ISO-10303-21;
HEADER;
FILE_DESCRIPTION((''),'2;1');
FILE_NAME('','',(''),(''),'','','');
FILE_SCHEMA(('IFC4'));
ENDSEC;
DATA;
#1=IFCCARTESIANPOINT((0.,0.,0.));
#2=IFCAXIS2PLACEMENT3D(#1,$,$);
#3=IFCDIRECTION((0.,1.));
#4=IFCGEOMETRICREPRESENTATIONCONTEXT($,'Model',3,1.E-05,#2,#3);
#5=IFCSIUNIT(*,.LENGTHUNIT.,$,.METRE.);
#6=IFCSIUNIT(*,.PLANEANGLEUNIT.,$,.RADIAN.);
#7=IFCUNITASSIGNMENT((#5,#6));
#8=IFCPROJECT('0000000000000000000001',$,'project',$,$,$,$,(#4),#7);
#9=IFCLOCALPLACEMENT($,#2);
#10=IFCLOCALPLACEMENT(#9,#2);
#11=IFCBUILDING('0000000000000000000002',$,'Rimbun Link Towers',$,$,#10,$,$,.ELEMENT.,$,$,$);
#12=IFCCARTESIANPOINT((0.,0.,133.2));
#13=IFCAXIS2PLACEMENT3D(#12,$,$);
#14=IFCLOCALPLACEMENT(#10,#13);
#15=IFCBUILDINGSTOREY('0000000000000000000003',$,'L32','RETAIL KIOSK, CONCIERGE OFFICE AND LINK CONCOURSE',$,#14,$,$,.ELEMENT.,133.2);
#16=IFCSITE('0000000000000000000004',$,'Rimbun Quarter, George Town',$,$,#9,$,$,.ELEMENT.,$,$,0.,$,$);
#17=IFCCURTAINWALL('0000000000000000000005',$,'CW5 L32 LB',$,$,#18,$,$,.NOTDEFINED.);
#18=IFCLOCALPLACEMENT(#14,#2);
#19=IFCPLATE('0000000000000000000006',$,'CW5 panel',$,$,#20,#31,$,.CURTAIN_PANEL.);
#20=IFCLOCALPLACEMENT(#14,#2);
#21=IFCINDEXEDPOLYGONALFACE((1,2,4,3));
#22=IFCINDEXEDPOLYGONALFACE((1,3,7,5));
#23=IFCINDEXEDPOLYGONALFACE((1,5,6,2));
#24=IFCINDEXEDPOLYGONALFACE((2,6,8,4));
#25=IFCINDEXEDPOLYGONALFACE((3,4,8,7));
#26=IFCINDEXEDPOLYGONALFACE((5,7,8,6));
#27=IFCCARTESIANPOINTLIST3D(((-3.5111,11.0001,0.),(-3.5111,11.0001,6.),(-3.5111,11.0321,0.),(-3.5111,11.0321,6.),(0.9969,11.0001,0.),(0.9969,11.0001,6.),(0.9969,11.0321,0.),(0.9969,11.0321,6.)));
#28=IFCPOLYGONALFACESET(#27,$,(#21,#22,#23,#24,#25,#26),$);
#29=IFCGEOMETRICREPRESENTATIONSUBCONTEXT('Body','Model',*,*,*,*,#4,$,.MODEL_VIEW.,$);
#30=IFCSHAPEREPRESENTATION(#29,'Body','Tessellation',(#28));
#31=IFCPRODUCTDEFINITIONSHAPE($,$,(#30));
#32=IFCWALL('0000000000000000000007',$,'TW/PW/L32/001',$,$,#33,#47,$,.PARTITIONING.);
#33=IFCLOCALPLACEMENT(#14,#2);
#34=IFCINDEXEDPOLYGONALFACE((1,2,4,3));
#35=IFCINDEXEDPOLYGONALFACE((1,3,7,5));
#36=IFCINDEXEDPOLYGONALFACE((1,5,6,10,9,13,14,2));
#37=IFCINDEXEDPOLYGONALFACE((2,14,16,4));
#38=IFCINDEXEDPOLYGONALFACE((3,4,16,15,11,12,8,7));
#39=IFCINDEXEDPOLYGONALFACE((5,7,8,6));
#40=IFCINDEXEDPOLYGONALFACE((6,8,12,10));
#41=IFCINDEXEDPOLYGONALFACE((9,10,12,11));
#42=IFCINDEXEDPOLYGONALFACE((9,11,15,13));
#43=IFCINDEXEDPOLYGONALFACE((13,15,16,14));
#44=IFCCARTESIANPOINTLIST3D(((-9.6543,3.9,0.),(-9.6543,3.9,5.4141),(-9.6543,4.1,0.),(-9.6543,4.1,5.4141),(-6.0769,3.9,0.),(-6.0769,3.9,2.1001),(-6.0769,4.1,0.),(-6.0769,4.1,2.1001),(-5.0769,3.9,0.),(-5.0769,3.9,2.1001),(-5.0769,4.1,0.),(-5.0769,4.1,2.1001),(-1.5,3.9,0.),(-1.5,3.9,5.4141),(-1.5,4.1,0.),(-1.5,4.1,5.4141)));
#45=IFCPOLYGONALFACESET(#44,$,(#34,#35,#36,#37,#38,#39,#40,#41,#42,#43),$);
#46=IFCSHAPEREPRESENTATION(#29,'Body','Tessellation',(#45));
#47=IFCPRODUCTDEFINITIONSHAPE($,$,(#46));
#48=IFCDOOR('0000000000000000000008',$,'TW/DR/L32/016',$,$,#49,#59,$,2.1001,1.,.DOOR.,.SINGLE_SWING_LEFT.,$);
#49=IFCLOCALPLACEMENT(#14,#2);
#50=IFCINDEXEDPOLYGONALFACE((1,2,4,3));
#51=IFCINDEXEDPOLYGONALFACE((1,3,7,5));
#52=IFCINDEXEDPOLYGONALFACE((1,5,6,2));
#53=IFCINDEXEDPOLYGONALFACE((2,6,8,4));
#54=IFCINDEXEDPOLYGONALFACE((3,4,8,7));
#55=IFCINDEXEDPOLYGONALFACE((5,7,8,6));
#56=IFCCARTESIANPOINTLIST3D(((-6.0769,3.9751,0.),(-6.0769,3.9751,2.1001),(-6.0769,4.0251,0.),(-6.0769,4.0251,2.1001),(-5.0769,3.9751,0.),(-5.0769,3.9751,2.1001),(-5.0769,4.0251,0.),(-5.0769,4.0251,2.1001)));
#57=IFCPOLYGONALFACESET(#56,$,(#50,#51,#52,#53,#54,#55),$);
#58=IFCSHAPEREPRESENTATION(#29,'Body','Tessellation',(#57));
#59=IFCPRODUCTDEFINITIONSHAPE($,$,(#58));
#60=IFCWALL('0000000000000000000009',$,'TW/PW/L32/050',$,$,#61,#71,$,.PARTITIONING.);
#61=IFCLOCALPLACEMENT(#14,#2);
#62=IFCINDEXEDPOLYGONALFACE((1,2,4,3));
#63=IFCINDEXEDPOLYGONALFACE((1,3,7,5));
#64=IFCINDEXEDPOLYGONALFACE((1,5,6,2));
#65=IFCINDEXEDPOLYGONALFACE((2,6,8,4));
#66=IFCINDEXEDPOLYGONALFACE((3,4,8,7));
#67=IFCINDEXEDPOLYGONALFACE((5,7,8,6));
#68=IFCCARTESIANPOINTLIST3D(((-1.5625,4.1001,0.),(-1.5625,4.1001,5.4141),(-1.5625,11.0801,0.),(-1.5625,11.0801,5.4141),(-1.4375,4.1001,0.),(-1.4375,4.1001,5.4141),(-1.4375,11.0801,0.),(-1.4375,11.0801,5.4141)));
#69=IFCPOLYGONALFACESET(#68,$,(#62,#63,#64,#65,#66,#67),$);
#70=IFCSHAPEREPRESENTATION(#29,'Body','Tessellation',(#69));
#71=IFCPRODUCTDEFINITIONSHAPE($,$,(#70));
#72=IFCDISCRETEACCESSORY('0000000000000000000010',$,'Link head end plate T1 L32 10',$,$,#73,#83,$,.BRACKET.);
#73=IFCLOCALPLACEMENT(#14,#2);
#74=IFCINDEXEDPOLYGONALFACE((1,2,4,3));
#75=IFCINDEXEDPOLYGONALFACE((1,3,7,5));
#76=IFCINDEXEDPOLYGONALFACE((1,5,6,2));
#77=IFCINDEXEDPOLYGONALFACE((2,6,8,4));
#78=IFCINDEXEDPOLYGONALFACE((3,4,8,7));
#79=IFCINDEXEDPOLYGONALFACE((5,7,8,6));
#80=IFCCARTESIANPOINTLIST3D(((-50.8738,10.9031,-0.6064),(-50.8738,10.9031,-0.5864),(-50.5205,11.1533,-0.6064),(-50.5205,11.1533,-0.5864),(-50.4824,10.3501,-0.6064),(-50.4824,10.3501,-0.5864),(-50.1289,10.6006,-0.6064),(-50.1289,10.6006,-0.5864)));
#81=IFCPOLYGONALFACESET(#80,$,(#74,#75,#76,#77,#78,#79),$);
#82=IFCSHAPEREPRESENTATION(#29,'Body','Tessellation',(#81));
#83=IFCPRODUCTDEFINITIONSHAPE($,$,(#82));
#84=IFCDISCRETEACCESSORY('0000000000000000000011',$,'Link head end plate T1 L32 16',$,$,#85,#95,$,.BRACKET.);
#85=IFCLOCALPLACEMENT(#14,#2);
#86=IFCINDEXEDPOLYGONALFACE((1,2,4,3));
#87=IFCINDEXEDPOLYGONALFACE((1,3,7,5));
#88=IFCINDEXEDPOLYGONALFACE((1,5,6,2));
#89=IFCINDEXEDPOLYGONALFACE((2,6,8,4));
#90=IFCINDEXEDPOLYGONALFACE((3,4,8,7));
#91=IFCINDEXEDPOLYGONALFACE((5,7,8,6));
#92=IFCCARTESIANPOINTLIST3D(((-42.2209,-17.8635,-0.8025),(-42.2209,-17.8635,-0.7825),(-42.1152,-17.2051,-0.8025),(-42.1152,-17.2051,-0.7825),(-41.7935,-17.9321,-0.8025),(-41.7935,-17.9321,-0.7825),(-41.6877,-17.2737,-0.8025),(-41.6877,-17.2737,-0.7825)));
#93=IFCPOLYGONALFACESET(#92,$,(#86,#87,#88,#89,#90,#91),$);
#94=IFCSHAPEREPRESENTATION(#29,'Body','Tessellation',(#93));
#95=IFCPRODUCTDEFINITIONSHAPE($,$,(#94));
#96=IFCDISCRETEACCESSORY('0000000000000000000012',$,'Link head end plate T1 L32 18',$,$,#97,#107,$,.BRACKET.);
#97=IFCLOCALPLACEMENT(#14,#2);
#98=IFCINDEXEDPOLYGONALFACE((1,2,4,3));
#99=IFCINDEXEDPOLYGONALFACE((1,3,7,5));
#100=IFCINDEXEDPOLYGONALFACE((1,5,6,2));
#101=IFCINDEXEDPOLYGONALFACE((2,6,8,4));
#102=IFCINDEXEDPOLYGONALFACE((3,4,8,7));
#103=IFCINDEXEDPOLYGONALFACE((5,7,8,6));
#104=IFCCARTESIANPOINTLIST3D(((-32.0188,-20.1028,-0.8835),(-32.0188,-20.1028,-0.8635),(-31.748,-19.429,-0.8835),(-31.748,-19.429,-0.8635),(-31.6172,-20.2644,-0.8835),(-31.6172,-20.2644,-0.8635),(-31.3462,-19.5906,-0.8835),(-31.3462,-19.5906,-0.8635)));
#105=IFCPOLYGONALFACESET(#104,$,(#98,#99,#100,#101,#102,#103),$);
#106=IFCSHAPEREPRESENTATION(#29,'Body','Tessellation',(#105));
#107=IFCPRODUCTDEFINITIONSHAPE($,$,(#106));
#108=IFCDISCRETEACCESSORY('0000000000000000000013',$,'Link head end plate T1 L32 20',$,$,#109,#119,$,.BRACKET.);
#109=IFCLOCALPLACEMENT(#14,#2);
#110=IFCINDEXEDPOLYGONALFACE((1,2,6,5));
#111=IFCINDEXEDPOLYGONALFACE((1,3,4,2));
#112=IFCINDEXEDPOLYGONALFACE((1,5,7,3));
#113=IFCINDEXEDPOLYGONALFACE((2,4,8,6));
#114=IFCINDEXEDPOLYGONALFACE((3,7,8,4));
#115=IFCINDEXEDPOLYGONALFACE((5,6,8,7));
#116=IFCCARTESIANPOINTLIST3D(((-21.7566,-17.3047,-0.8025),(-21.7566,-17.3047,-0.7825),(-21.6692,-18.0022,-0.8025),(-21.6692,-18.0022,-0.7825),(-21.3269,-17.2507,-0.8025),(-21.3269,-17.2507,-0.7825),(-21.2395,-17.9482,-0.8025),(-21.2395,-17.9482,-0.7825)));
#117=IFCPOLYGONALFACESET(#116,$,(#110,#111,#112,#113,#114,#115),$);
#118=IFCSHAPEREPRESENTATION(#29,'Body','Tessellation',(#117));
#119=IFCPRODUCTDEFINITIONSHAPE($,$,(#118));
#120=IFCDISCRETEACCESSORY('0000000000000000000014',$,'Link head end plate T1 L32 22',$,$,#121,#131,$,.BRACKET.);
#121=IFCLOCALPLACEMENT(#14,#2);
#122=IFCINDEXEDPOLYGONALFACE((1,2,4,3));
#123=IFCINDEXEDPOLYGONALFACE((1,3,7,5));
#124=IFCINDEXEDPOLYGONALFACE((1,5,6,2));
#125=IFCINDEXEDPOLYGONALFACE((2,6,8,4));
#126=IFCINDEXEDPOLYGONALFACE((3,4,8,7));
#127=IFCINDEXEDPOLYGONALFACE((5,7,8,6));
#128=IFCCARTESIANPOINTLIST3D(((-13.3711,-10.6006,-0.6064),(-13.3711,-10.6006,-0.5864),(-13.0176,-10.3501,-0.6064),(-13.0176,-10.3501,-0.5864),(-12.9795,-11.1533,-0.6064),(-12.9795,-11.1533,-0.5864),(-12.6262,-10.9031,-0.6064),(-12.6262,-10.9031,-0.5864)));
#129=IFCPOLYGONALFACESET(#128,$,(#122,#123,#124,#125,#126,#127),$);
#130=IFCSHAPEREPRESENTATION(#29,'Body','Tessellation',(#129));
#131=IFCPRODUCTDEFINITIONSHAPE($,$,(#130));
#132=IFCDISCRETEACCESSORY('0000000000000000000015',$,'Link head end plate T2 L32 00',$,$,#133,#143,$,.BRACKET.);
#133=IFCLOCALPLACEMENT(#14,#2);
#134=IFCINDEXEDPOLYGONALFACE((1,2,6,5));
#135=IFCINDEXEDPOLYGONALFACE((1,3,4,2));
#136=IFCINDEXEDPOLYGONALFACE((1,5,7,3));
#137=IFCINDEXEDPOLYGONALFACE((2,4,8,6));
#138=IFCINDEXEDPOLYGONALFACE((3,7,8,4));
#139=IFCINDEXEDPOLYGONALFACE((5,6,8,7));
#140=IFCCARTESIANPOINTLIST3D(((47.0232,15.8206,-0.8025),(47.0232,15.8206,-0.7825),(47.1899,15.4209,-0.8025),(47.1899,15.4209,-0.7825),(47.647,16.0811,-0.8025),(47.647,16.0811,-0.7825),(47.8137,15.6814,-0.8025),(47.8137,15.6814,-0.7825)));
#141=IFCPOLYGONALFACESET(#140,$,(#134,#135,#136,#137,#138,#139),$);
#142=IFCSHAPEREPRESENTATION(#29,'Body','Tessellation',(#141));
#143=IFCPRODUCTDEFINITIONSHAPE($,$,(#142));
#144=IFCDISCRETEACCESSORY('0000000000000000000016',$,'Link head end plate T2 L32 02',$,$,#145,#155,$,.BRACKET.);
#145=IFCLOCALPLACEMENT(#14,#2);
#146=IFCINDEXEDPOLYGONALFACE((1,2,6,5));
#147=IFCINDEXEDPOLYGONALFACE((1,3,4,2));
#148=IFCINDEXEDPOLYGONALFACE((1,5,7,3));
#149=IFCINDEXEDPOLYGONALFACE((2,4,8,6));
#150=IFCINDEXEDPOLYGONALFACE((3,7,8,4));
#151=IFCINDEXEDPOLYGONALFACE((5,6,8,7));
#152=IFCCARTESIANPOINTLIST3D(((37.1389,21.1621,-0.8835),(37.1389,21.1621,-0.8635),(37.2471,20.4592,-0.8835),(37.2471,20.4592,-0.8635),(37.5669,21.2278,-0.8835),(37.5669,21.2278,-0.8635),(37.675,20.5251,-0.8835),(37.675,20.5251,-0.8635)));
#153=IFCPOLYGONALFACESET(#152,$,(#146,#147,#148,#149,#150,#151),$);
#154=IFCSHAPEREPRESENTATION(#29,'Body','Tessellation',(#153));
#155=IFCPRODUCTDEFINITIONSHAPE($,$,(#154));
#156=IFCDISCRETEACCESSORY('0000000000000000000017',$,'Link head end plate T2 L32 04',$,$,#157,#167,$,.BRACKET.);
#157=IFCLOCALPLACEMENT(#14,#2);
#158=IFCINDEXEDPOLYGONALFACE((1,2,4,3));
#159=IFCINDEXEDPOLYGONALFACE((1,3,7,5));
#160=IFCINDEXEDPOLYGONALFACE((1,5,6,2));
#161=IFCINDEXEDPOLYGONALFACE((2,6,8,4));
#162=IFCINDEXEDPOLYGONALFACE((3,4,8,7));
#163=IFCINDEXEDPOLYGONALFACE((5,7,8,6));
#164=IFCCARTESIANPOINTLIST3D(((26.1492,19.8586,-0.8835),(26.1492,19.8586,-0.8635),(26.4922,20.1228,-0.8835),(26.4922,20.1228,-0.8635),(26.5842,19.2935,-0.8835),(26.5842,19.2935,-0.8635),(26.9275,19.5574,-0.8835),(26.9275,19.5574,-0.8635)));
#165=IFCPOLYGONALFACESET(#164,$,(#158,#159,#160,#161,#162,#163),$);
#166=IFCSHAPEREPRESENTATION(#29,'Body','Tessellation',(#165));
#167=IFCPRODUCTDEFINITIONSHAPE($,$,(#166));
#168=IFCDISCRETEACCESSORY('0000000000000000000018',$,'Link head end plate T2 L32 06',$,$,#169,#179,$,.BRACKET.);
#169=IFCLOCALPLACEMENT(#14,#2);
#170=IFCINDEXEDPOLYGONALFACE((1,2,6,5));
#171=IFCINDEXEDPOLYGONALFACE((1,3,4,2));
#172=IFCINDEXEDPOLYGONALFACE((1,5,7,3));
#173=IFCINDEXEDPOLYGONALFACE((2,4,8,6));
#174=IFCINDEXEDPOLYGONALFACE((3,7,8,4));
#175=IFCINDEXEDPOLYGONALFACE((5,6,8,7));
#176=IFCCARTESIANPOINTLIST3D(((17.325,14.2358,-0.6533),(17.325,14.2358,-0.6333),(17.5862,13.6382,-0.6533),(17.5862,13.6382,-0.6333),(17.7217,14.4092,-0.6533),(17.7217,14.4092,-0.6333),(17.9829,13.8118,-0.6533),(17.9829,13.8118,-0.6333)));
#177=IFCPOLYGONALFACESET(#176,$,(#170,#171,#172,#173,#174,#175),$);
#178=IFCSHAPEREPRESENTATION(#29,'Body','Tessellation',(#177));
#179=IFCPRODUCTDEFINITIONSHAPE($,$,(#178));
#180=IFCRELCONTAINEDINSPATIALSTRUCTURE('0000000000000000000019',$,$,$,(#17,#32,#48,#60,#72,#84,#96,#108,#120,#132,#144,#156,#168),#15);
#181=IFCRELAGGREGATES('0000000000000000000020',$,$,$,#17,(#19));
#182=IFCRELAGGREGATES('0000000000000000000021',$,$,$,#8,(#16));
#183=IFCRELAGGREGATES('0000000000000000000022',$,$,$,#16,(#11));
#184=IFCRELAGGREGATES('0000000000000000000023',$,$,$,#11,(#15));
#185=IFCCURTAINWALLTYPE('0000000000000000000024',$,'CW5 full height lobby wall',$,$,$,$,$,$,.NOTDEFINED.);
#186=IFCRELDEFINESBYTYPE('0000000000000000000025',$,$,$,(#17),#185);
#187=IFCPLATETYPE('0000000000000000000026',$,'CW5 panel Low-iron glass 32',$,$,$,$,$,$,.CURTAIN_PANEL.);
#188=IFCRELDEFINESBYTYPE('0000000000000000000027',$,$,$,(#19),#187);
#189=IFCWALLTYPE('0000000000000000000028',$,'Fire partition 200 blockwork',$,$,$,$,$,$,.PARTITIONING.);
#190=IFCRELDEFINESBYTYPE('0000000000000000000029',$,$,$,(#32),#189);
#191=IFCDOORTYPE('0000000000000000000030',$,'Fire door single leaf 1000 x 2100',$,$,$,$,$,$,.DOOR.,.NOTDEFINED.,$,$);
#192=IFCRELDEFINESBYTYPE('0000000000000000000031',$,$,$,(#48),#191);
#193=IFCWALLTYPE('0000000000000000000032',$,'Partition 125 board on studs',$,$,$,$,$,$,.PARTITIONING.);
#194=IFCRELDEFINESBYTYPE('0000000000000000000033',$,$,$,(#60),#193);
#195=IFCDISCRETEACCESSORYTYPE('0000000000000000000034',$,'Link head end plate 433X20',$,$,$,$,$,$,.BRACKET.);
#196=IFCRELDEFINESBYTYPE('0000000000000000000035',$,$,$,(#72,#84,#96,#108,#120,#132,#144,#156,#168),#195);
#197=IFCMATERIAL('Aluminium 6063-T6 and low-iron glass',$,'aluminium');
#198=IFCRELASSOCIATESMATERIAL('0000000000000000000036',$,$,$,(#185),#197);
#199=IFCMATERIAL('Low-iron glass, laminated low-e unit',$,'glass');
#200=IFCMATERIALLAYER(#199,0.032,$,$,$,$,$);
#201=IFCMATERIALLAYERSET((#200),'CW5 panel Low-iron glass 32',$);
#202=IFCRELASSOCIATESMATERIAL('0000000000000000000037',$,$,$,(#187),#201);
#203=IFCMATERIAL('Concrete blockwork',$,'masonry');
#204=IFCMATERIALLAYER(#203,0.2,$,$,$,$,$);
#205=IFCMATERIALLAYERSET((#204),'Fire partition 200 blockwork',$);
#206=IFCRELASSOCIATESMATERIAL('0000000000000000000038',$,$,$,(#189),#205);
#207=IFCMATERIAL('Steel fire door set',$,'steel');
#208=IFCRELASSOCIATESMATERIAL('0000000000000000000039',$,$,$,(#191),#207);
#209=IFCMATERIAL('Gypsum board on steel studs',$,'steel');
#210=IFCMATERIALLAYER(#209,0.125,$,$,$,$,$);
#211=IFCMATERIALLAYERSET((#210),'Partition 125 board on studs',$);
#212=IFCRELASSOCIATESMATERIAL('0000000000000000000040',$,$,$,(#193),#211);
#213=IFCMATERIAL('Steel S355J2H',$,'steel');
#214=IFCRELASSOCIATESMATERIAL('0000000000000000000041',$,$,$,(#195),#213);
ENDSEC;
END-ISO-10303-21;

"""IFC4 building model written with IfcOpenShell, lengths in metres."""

from ifc_helpers import new_model, si_unit, direction, frame, frame_2d, origin, origin_2d, place, context, subcontext, project, spatial, polyline, rectangle, outline, extrude, material, layer, layer_set, material_profile, profile_set, type_object, element, fill, aggregate, save


model = new_model("IFC4")

# Units and contexts
model_context = context("Model", 3, precision=1e-05, world=origin(), true_north=direction((0.0, 1.0)))
body_context = subcontext(model_context, "Body", "Model", "MODEL_VIEW")
ifc_project = project(units=[si_unit("LENGTHUNIT", "METRE"), si_unit("PLANEANGLEUNIT", "RADIAN")], contexts=[model_context])

# Site, building, storey
site_placement = place(None, origin())
site = spatial("IfcSite", under=ifc_project, at=site_placement, Name="Rimbun Quarter, George Town", CompositionType="ELEMENT", RefElevation=0.0)
building_placement = place(site_placement, origin())
building = spatial("IfcBuilding", under=site, at=building_placement, Name="Rimbun Link Towers", CompositionType="ELEMENT")
storey_placement = place(building_placement, frame((0.0, 0.0, 133.2)))
storey = spatial("IfcBuildingStorey", under=building, at=storey_placement, Name="L32", Description="RETAIL KIOSK, CONCIERGE OFFICE AND LINK CONCOURSE", CompositionType="ELEMENT", Elevation=133.2)

# Curtain wall
ifc_material_1 = material(Name="Aluminium 6063-T6 and low-iron glass", Category="aluminium")
curtain_wall_type = type_object("IfcCurtainWallType", Name="CW5 full height lobby wall", PredefinedType="NOTDEFINED", material=ifc_material_1)
curtain_wall_placement = place(storey_placement, origin())
curtain_wall = element("IfcCurtainWall", 1, at=curtain_wall_placement, inside=storey, type_object=curtain_wall_type, Name="CW5 L32 LB", PredefinedType="NOTDEFINED")

# Plate
ifc_material_2 = material(Name="Low-iron glass, laminated low-e unit", Category="glass")
ifc_layer_1 = layer(ifc_material_2, 0.032)
ifc_layer_set_1 = layer_set([ifc_layer_1], Name="CW5 panel Low-iron glass 32")
plate_type = type_object("IfcPlateType", Name="CW5 panel Low-iron glass 32", PredefinedType="CURTAIN_PANEL", material=ifc_layer_set_1)
plate_1_placement = place(storey_placement, frame((-1.2571, 11.0161, 0.0), z_axis=(0.0, 0.0, 1.0), x_axis=(1.0, 0.0, 0.0)))
plate_1 = element("IfcPlate", 2, at=plate_1_placement, type_object=plate_type, Name="CW5 panel", PredefinedType="CURTAIN_PANEL", context=body_context, shape_type="SweptSolid", body=[
    extrude(rectangle(XDim=4.5081, YDim=0.032, at=origin_2d()), origin(), (0.0, 0.0, 1.0), 6.0),
])
aggregate(curtain_wall, [plate_1])

# Wall, opening, door
ifc_material_3 = material(Name="Concrete blockwork", Category="masonry")
ifc_layer_2 = layer(ifc_material_3, 0.2)
ifc_layer_set_2 = layer_set([ifc_layer_2], Name="Fire partition 200 blockwork")
wall_type_1 = type_object("IfcWallType", Name="Fire partition 200 blockwork", PredefinedType="PARTITIONING", material=ifc_layer_set_2)
wall_1_placement = place(storey_placement, frame((-1.5, 4.0, 0.0), z_axis=(0.0, 0.0, 1.0), x_axis=(-1.0, 0.0, 0.0)))
wall_1 = element("IfcWall", 3, at=wall_1_placement, inside=storey, type_object=wall_type_1, Name="TW/PW/L32/001", PredefinedType="PARTITIONING", context=body_context, shape_type="SweptSolid", body=[
    extrude(rectangle(XDim=8.1543, YDim=0.2, at=frame_2d((4.0771, 0.0))), origin(), (0.0, 0.0, 1.0), 5.4141),
])
opening_placement = place(wall_1_placement, frame((3.5769, 0.0, 0.0)))
opening = element("IfcOpeningElement", 4, at=opening_placement, cuts=wall_1, PredefinedType="OPENING", context=body_context, shape_type="SweptSolid", body=[
    extrude(rectangle(XDim=1.0, YDim=2.1001, at=frame_2d((0.5, 1.05))), frame((0.0, 0.1099, 0.0), z_axis=(0.0, -1.0, 0.0), x_axis=(1.0, 0.0, 0.0)), (0.0, 0.0, 1.0), 0.22),
])
ifc_material_4 = material(Name="Steel fire door set", Category="steel")
door_type = type_object("IfcDoorType", Name="Fire door single leaf 1000 x 2100", OperationType="NOTDEFINED", PredefinedType="DOOR", material=ifc_material_4)
door_placement = place(opening_placement, origin())
door = element("IfcDoor", 5, at=door_placement, inside=storey, type_object=door_type, Name="TW/DR/L32/016", OperationType="SINGLE_SWING_LEFT", OverallHeight=2.1001, OverallWidth=1.0, PredefinedType="DOOR", context=body_context, shape_type="SweptSolid", body=[
    extrude(rectangle(XDim=1.0, YDim=2.1001, at=frame_2d((0.5, 1.05))), frame((0.0, 0.0249, 0.0), z_axis=(0.0, -1.0, 0.0), x_axis=(1.0, 0.0, 0.0)), (0.0, 0.0, 1.0), 0.05),
])
fill(opening, door)

# Wall
ifc_material_5 = material(Name="Gypsum board on steel studs", Category="steel")
ifc_layer_3 = layer(ifc_material_5, 0.125)
ifc_layer_set_3 = layer_set([ifc_layer_3], Name="Partition 125 board on studs")
wall_type_2 = type_object("IfcWallType", Name="Partition 125 board on studs", PredefinedType="PARTITIONING", material=ifc_layer_set_3)
wall_2_placement = place(storey_placement, frame((-1.5, 4.1001, 0.0), z_axis=(0.0, 0.0, 1.0), x_axis=(0.0, 1.0, 0.0)))
element("IfcWall", 6, at=wall_2_placement, inside=storey, type_object=wall_type_2, Name="TW/PW/L32/050", PredefinedType="PARTITIONING", context=body_context, shape_type="SweptSolid", body=[
    extrude(rectangle(XDim=6.98, YDim=0.125, at=frame_2d((3.49, 0.0))), origin(), (0.0, 0.0, 1.0), 5.4141),
])

# Discrete accessories
ifc_material_6 = material(Name="Steel S355J2H", Category="steel")
ifc_material_profile_1 = material_profile(ifc_material_6, rectangle(XDim=0.4331, YDim=0.4331, at=origin_2d()), Name="PL 433x433")
ifc_profile_set_1 = profile_set([ifc_material_profile_1], Name="Steel S355J2H")
discrete_accessory_type = type_object("IfcDiscreteAccessoryType", Name="Link head end plate 433X20", PredefinedType="BRACKET", material=ifc_profile_set_1)
discrete_accessory_1_placement = place(storey_placement, frame((0.0, 0.0, -0.6064)))
element("IfcDiscreteAccessory", 7, at=discrete_accessory_1_placement, inside=storey, type_object=discrete_accessory_type, Name="Link head end plate T1 L32 10", PredefinedType="BRACKET", context=body_context, shape_type="SweptSolid", body=[
    extrude(outline(polyline([(-50.1289, 10.6006), (-50.5205, 11.1533), (-50.8738, 10.9031), (-50.4824, 10.3501), (-50.1289, 10.6006)])), origin(), (0.0, 0.0, 1.0), 0.02),
])
discrete_accessory_2_placement = place(storey_placement, frame((0.0, 0.0, -0.8025)))
element("IfcDiscreteAccessory", 8, at=discrete_accessory_2_placement, inside=storey, type_object=discrete_accessory_type, Name="Link head end plate T1 L32 16", PredefinedType="BRACKET", context=body_context, shape_type="SweptSolid", body=[
    extrude(outline(polyline([(-42.1152, -17.2051), (-42.2209, -17.8635), (-41.7935, -17.9321), (-41.6877, -17.2737), (-42.1152, -17.2051)])), origin(), (0.0, 0.0, 1.0), 0.02),
])
discrete_accessory_3_placement = place(storey_placement, frame((0.0, 0.0, -0.8835)))
element("IfcDiscreteAccessory", 9, at=discrete_accessory_3_placement, inside=storey, type_object=discrete_accessory_type, Name="Link head end plate T1 L32 18", PredefinedType="BRACKET", context=body_context, shape_type="SweptSolid", body=[
    extrude(outline(polyline([(-31.748, -19.429), (-32.0188, -20.1028), (-31.6172, -20.2644), (-31.3462, -19.5906), (-31.748, -19.429)])), origin(), (0.0, 0.0, 1.0), 0.02),
])
discrete_accessory_4_placement = place(storey_placement, frame((0.0, 0.0, -0.8025)))
element("IfcDiscreteAccessory", 10, at=discrete_accessory_4_placement, inside=storey, type_object=discrete_accessory_type, Name="Link head end plate T1 L32 20", PredefinedType="BRACKET", context=body_context, shape_type="SweptSolid", body=[
    extrude(outline(polyline([(-21.7566, -17.3047), (-21.6692, -18.0022), (-21.2395, -17.9482), (-21.3269, -17.2507), (-21.7566, -17.3047)])), origin(), (0.0, 0.0, 1.0), 0.02),
])
discrete_accessory_5_placement = place(storey_placement, frame((0.0, 0.0, -0.6064)))
element("IfcDiscreteAccessory", 11, at=discrete_accessory_5_placement, inside=storey, type_object=discrete_accessory_type, Name="Link head end plate T1 L32 22", PredefinedType="BRACKET", context=body_context, shape_type="SweptSolid", body=[
    extrude(outline(polyline([(-13.3711, -10.6006), (-12.9795, -11.1533), (-12.6262, -10.9031), (-13.0176, -10.3501), (-13.3711, -10.6006)])), origin(), (0.0, 0.0, 1.0), 0.02),
])
discrete_accessory_6_placement = place(storey_placement, frame((0.0, 0.0, -0.8025)))
element("IfcDiscreteAccessory", 12, at=discrete_accessory_6_placement, inside=storey, type_object=discrete_accessory_type, Name="Link head end plate T2 L32 00", PredefinedType="BRACKET", context=body_context, shape_type="SweptSolid", body=[
    extrude(outline(polyline([(47.1899, 15.4209), (47.8137, 15.6814), (47.647, 16.0811), (47.0232, 15.8206), (47.1899, 15.4209)])), origin(), (0.0, 0.0, 1.0), 0.02),
])
discrete_accessory_7_placement = place(storey_placement, frame((0.0, 0.0, -0.8835)))
element("IfcDiscreteAccessory", 13, at=discrete_accessory_7_placement, inside=storey, type_object=discrete_accessory_type, Name="Link head end plate T2 L32 02", PredefinedType="BRACKET", context=body_context, shape_type="SweptSolid", body=[
    extrude(outline(polyline([(37.675, 20.5251), (37.5669, 21.2278), (37.1389, 21.1621), (37.2471, 20.4592), (37.675, 20.5251)])), origin(), (0.0, 0.0, 1.0), 0.02),
])
discrete_accessory_8_placement = place(storey_placement, frame((0.0, 0.0, -0.8835)))
element("IfcDiscreteAccessory", 14, at=discrete_accessory_8_placement, inside=storey, type_object=discrete_accessory_type, Name="Link head end plate T2 L32 04", PredefinedType="BRACKET", context=body_context, shape_type="SweptSolid", body=[
    extrude(outline(polyline([(26.9275, 19.5574), (26.4922, 20.1228), (26.1492, 19.8586), (26.5842, 19.2935), (26.9275, 19.5574)])), origin(), (0.0, 0.0, 1.0), 0.02),
])
discrete_accessory_9_placement = place(storey_placement, frame((0.0, 0.0, -0.6533)))
element("IfcDiscreteAccessory", 15, at=discrete_accessory_9_placement, inside=storey, type_object=discrete_accessory_type, Name="Link head end plate T2 L32 06", PredefinedType="BRACKET", context=body_context, shape_type="SweptSolid", body=[
    extrude(outline(polyline([(17.9829, 13.8118), (17.7217, 14.4092), (17.325, 14.2358), (17.5862, 13.6382), (17.9829, 13.8118)])), origin(), (0.0, 0.0, 1.0), 0.02),
])

save(model, "model.ifc")
